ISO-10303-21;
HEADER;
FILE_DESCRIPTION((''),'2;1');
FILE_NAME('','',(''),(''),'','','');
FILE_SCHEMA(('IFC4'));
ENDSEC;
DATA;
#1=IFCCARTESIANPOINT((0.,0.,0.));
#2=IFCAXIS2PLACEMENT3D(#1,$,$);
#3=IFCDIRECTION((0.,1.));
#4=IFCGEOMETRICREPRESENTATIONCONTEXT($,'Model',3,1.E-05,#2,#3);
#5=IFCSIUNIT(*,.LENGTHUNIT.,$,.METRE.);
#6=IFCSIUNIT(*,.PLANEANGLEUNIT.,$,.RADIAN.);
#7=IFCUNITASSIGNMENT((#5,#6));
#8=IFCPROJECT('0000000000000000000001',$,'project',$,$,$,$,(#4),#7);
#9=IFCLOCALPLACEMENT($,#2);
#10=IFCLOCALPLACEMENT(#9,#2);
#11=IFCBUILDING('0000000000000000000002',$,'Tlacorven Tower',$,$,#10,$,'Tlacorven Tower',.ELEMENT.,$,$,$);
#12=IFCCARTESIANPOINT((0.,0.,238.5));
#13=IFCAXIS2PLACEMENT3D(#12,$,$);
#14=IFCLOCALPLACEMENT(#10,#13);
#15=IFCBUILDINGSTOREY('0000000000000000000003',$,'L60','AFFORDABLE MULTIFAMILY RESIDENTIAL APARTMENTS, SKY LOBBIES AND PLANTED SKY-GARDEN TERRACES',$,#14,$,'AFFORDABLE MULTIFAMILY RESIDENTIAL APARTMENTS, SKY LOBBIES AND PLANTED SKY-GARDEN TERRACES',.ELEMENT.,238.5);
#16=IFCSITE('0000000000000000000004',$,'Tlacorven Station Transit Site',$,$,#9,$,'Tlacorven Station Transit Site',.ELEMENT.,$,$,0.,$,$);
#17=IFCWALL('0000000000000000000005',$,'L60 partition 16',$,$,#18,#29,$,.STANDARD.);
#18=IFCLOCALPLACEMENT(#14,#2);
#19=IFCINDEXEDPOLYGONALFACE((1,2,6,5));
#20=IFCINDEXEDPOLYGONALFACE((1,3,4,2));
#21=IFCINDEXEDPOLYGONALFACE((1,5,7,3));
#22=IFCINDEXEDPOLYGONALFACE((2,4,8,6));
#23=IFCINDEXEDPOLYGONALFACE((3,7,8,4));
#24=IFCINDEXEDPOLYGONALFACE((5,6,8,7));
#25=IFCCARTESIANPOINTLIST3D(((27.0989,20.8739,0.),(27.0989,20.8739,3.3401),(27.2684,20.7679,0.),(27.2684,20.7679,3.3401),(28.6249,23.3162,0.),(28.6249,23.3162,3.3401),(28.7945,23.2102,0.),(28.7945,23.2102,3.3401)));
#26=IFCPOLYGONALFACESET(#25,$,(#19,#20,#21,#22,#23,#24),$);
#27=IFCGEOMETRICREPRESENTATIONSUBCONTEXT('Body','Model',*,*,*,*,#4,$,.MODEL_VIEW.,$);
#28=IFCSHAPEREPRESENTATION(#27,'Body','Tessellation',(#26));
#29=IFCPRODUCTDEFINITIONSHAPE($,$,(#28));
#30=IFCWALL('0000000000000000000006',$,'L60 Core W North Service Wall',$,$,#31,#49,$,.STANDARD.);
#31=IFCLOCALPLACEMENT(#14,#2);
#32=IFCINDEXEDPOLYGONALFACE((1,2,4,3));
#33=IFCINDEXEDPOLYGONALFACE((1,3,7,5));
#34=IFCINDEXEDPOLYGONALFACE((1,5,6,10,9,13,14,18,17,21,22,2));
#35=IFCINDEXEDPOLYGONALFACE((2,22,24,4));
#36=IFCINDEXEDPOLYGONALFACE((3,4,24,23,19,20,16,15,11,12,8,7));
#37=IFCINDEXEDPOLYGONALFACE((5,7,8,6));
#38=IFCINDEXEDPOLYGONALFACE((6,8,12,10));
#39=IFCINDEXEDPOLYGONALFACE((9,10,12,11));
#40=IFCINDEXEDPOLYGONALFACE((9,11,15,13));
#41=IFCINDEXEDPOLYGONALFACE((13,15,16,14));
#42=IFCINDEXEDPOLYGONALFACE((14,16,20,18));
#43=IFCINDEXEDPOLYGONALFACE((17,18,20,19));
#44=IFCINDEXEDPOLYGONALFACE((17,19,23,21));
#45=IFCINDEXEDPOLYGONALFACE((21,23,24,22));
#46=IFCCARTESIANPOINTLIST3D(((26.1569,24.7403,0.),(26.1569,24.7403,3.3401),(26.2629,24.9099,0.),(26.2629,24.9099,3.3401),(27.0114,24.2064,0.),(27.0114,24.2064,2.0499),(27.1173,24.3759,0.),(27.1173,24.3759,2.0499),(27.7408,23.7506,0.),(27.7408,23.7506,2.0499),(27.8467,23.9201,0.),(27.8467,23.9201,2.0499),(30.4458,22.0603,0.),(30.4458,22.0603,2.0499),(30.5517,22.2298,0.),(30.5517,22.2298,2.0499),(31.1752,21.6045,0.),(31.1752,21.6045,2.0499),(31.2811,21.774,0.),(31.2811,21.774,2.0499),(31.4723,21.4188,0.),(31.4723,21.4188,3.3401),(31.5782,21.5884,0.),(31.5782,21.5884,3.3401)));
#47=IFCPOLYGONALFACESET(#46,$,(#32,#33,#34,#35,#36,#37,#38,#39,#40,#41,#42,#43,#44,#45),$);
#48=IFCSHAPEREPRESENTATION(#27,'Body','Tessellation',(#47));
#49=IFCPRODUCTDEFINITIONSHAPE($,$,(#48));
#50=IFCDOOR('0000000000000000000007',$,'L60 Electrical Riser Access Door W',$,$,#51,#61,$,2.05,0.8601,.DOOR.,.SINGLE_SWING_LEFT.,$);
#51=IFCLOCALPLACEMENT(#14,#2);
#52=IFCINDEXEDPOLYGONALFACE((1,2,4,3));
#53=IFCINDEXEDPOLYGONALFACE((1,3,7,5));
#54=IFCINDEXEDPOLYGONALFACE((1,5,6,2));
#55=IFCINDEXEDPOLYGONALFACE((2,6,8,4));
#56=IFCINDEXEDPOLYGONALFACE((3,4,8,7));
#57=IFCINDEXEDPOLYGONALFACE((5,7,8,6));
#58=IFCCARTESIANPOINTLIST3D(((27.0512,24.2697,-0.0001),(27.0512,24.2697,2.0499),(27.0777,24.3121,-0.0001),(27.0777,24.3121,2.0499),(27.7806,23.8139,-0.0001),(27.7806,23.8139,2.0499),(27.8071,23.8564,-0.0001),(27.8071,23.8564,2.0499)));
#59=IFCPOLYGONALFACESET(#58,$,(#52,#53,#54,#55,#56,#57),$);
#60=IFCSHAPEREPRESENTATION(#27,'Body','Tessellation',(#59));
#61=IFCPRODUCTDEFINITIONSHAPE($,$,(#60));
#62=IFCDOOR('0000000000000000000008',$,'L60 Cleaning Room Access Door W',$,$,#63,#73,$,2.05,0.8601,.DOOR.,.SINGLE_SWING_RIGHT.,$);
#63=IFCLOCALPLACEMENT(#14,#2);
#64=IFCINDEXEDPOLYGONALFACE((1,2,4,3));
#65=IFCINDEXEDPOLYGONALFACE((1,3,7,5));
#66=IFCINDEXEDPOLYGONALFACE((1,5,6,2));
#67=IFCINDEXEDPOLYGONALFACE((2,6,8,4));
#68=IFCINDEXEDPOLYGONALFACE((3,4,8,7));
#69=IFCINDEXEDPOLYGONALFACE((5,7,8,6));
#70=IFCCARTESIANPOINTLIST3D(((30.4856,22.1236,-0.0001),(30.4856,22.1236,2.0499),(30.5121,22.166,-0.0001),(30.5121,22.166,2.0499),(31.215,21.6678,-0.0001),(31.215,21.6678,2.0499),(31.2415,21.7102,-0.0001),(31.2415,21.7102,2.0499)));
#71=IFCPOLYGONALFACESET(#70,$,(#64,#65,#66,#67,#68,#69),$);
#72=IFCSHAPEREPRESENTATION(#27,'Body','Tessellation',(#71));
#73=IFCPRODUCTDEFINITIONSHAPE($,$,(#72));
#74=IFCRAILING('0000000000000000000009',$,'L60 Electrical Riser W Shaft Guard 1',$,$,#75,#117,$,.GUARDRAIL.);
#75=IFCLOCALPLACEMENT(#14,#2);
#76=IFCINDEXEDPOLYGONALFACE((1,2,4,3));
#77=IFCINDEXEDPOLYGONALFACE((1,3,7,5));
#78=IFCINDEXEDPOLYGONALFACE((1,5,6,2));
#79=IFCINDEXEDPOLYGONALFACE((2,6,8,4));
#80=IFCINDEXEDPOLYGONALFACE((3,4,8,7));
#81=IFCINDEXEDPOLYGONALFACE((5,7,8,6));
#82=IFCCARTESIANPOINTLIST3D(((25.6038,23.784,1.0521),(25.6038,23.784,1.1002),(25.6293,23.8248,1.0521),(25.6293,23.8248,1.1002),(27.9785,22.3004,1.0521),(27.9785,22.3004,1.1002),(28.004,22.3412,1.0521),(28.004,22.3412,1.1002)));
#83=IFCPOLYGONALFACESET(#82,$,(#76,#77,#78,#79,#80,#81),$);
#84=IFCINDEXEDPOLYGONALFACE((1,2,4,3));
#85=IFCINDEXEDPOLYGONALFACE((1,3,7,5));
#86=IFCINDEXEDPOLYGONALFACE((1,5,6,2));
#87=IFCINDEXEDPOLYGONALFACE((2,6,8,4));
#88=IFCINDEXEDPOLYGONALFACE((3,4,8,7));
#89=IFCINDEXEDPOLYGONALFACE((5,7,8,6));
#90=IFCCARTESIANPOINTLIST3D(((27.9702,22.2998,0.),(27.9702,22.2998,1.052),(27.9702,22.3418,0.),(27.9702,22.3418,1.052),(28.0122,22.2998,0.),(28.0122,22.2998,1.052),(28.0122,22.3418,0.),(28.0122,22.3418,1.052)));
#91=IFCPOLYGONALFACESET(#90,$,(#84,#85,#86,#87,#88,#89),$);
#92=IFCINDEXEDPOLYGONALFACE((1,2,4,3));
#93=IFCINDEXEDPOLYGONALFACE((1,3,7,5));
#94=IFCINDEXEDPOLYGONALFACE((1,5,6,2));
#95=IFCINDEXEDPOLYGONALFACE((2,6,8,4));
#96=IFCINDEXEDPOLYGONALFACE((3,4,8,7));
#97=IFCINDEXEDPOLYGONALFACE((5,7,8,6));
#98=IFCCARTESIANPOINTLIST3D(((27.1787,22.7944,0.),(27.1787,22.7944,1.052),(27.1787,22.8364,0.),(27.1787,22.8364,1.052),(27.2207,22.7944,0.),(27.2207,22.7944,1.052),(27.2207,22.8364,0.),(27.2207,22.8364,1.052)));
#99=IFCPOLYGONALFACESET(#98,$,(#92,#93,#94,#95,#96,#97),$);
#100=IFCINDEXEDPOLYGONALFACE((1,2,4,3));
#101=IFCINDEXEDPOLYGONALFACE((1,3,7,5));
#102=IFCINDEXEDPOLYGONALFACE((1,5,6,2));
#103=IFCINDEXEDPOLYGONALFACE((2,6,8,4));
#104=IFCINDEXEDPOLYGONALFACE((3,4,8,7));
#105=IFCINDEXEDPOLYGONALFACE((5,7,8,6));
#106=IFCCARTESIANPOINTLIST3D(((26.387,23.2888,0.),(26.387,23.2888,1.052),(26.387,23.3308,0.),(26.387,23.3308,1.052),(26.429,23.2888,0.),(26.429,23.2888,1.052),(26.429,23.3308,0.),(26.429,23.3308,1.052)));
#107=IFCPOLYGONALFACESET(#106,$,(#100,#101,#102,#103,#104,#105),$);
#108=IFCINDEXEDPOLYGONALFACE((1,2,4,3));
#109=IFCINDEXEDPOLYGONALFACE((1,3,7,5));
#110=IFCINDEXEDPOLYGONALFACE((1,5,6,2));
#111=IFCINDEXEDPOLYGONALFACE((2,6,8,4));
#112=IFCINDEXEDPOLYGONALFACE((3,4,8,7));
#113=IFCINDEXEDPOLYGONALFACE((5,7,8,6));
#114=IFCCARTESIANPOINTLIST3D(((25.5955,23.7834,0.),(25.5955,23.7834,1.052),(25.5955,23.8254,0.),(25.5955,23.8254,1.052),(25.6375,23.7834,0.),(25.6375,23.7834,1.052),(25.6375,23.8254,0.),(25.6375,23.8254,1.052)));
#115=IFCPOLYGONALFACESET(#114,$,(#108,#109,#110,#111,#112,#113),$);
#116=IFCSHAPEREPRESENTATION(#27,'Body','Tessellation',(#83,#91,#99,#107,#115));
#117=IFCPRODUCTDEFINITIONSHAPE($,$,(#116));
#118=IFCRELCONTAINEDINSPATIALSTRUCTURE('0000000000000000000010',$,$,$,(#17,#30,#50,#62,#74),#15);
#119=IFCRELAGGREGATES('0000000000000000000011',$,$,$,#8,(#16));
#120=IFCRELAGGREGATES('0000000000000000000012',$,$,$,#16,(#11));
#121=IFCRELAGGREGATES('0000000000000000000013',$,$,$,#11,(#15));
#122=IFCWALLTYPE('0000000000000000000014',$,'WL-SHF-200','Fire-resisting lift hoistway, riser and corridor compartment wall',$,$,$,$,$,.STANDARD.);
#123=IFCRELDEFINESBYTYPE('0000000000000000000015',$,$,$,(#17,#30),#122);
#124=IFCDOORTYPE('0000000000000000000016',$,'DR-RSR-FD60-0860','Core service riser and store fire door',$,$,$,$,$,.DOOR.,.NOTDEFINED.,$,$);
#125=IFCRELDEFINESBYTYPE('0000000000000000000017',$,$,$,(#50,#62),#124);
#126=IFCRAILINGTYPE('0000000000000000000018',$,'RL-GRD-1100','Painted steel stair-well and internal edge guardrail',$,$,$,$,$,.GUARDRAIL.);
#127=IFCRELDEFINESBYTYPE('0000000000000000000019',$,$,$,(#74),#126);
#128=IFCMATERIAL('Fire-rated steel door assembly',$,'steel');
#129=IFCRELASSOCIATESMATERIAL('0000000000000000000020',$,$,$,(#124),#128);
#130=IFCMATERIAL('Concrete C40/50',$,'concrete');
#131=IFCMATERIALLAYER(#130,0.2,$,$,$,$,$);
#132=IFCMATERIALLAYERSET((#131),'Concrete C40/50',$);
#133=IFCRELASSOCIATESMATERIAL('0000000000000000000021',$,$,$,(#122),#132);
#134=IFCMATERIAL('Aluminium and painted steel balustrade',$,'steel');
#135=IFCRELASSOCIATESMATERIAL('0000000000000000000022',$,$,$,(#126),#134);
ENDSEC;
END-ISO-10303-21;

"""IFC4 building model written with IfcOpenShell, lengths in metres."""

from ifc_helpers import new_model, si_unit, direction, frame, frame_2d, origin, origin_2d, place, context, subcontext, project, spatial, rectangle, extrude, source, transform, mapped, material, layer, layer_set, type_object, element, fill, save


model = new_model("IFC4")

# Units and contexts
model_context = context("Model", 3, precision=1e-05, world=origin(), true_north=direction((0.0, 1.0)))
body_context = subcontext(model_context, "Body", "Model", "MODEL_VIEW")
ifc_project = project(units=[si_unit("LENGTHUNIT", "METRE"), si_unit("PLANEANGLEUNIT", "RADIAN")], contexts=[model_context])

# Site, building, storey
site_placement = place(None, origin())
site = spatial("IfcSite", under=ifc_project, at=site_placement, Name="Tlacorven Station Transit Site", LongName="Tlacorven Station Transit Site", CompositionType="ELEMENT", RefElevation=0.0)
building_placement = place(site_placement, origin())
building = spatial("IfcBuilding", under=site, at=building_placement, Name="Tlacorven Tower", LongName="Tlacorven Tower", CompositionType="ELEMENT")
storey_placement = place(building_placement, frame((0.0, 0.0, 238.5)))
storey = spatial("IfcBuildingStorey", under=building, at=storey_placement, Name="L60", Description="AFFORDABLE MULTIFAMILY RESIDENTIAL APARTMENTS, SKY LOBBIES AND PLANTED SKY-GARDEN TERRACES", LongName="AFFORDABLE MULTIFAMILY RESIDENTIAL APARTMENTS, SKY LOBBIES AND PLANTED SKY-GARDEN TERRACES", CompositionType="ELEMENT", Elevation=238.5)

# Shared definitions
ifc_material_1 = material(Name="Fire-rated steel door assembly", Category="steel")
door_type_1 = type_object("IfcDoorType", Name="DR-RSR-FD60-0860", Description="Core service riser and store fire door", OperationType="NOTDEFINED", PredefinedType="DOOR", material=ifc_material_1)
shared_shape_1 = source(origin(), body_context, "Body", "SweptSolid", [
    extrude(rectangle(XDim=0.8601, YDim=2.05, at=frame_2d((0.4302, 1.0249))), frame((0.0, 0.0249, 0.0), z_axis=(0.0, -1.0, 0.0), x_axis=(1.0, 0.0, 0.0)), (0.0, 0.0, 1.0), 0.05),
])

# Shared definitions
ifc_material_2 = material(Name="Concrete C40/50", Category="concrete")
ifc_layer_1 = layer(ifc_material_2, 0.2)
ifc_layer_set_1 = layer_set([ifc_layer_1], Name="Concrete C40/50")
wall_type_1 = type_object("IfcWallType", Name="WL-SHF-200", Description="Fire-resisting lift hoistway, riser and corridor compartment wall", PredefinedType="STANDARD", material=ifc_layer_set_1)

# Wall
for number, where, z_axis, x_axis, name in (
    (1, (28.7097, 23.2632, 0.0), (0.0, 0.0, 1.0), (-0.529907, -0.848055, 0.0), "L60 partition 16"),
):
    element("IfcWall", number, at=place(storey_placement, frame(where, z_axis=z_axis, x_axis=x_axis)), inside=storey, type_object=wall_type_1, Name=name, PredefinedType="STANDARD", context=body_context, shape_type="SweptSolid", body=[
        extrude(rectangle(XDim=2.8799, YDim=0.2, at=frame_2d((1.4399, 0.0))), origin(), (0.0, 0.0, 1.0), 3.3401),
    ])

# Wall, openings, doors
wall_1_placement = place(storey_placement, frame((31.5251, 21.5037, 0.0), z_axis=(0.0, 0.0, 1.0), x_axis=(-0.848042, 0.529929, 0.0)))
wall_1 = element("IfcWall", 2, at=wall_1_placement, inside=storey, type_object=wall_type_1, Name="L60 Core W North Service Wall", PredefinedType="STANDARD", context=body_context, shape_type="SweptSolid", body=[
    extrude(rectangle(XDim=6.2678, YDim=0.2, at=frame_2d((3.1338, 0.0))), origin(), (0.0, 0.0, 1.0), 3.3401),
])
opening_1_placement = place(wall_1_placement, frame((4.3999, 0.0, 0.0)))
opening_1 = element("IfcOpeningElement", 3, at=opening_1_placement, cuts=wall_1, PredefinedType="OPENING", context=body_context, shape_type="SweptSolid", body=[
    extrude(rectangle(XDim=0.8601, YDim=2.05, at=frame_2d((0.4302, 1.0249))), frame((0.0, 0.1099, 0.0), z_axis=(0.0, -1.0, 0.0), x_axis=(1.0, 0.0, 0.0)), (0.0, 0.0, 1.0), 0.22),
])
opening_2_placement = place(wall_1_placement, frame((0.3501, 0.0, 0.0)))
opening_2 = element("IfcOpeningElement", 4, at=opening_2_placement, cuts=wall_1, PredefinedType="OPENING", context=body_context, shape_type="SweptSolid", body=[
    extrude(rectangle(XDim=0.8601, YDim=2.05, at=frame_2d((0.4302, 1.0249))), frame((0.0, 0.1099, 0.0), z_axis=(0.0, -1.0, 0.0), x_axis=(1.0, 0.0, 0.0)), (0.0, 0.0, 1.0), 0.22),
])
door_1_placement = place(opening_1_placement, frame((0.8601, 0.0, 0.0), z_axis=(0.0, 0.0, 1.0), x_axis=(-1.0, 0.0, 0.0)))
door_1 = element("IfcDoor", 5, at=door_1_placement, inside=storey, type_object=door_type_1, Name="L60 Electrical Riser Access Door W", OperationType="SINGLE_SWING_LEFT", OverallHeight=2.05, OverallWidth=0.8601, PredefinedType="DOOR", context=body_context, shape_type="MappedRepresentation", body=[
    mapped(shared_shape_1, transform((0.0, 0.0, 0.0), scale=1.0)),
])
fill(opening_1, door_1)
door_2_placement = place(opening_2_placement, frame((0.8601, 0.0, 0.0), z_axis=(0.0, 0.0, 1.0), x_axis=(-1.0, 0.0, 0.0)))
door_2 = element("IfcDoor", 6, at=door_2_placement, inside=storey, type_object=door_type_1, Name="L60 Cleaning Room Access Door W", OperationType="SINGLE_SWING_RIGHT", OverallHeight=2.05, OverallWidth=0.8601, PredefinedType="DOOR", context=body_context, shape_type="MappedRepresentation", body=[
    mapped(shared_shape_1, transform((0.0, 0.0, 0.0), scale=1.0)),
])
fill(opening_2, door_2)

# Railing
ifc_material_3 = material(Name="Aluminium and painted steel balustrade", Category="steel")
railing_type = type_object("IfcRailingType", Name="RL-GRD-1100", Description="Painted steel stair-well and internal edge guardrail", PredefinedType="GUARDRAIL", material=ifc_material_3)
shared_shape_2 = source(origin(), body_context, "Body", "SweptSolid", [
    extrude(rectangle(XDim=0.0481, YDim=0.0481, at=origin_2d()), frame((0.0, 0.0, 1.0762), z_axis=(-0.848091, 0.52985, 0.0), x_axis=(-0.52985, -0.848091, 0.0)), (0.0, 0.0, 1.0), 2.8),
    extrude(rectangle(XDim=0.042, YDim=0.042, at=origin_2d()), origin(), (0.0, 0.0, 1.0), 1.052),
    extrude(rectangle(XDim=0.042, YDim=0.042, at=origin_2d()), frame((-0.7915, 0.4946, 0.0)), (0.0, 0.0, 1.0), 1.052),
    extrude(rectangle(XDim=0.042, YDim=0.042, at=origin_2d()), frame((-1.5833, 0.989, 0.0)), (0.0, 0.0, 1.0), 1.052),
    extrude(rectangle(XDim=0.042, YDim=0.042, at=origin_2d()), frame((-2.3748, 1.4836, 0.0)), (0.0, 0.0, 1.0), 1.052),
])
railing_placement = place(storey_placement, frame((27.9912, 22.3208, 0.0)))
element("IfcRailing", 7, at=railing_placement, inside=storey, type_object=railing_type, Name="L60 Electrical Riser W Shaft Guard 1", PredefinedType="GUARDRAIL", context=body_context, shape_type="MappedRepresentation", body=[
    mapped(shared_shape_2, transform((0.0, 0.0, 0.0), scale=1.0)),
])

save(model, "model.ifc")
